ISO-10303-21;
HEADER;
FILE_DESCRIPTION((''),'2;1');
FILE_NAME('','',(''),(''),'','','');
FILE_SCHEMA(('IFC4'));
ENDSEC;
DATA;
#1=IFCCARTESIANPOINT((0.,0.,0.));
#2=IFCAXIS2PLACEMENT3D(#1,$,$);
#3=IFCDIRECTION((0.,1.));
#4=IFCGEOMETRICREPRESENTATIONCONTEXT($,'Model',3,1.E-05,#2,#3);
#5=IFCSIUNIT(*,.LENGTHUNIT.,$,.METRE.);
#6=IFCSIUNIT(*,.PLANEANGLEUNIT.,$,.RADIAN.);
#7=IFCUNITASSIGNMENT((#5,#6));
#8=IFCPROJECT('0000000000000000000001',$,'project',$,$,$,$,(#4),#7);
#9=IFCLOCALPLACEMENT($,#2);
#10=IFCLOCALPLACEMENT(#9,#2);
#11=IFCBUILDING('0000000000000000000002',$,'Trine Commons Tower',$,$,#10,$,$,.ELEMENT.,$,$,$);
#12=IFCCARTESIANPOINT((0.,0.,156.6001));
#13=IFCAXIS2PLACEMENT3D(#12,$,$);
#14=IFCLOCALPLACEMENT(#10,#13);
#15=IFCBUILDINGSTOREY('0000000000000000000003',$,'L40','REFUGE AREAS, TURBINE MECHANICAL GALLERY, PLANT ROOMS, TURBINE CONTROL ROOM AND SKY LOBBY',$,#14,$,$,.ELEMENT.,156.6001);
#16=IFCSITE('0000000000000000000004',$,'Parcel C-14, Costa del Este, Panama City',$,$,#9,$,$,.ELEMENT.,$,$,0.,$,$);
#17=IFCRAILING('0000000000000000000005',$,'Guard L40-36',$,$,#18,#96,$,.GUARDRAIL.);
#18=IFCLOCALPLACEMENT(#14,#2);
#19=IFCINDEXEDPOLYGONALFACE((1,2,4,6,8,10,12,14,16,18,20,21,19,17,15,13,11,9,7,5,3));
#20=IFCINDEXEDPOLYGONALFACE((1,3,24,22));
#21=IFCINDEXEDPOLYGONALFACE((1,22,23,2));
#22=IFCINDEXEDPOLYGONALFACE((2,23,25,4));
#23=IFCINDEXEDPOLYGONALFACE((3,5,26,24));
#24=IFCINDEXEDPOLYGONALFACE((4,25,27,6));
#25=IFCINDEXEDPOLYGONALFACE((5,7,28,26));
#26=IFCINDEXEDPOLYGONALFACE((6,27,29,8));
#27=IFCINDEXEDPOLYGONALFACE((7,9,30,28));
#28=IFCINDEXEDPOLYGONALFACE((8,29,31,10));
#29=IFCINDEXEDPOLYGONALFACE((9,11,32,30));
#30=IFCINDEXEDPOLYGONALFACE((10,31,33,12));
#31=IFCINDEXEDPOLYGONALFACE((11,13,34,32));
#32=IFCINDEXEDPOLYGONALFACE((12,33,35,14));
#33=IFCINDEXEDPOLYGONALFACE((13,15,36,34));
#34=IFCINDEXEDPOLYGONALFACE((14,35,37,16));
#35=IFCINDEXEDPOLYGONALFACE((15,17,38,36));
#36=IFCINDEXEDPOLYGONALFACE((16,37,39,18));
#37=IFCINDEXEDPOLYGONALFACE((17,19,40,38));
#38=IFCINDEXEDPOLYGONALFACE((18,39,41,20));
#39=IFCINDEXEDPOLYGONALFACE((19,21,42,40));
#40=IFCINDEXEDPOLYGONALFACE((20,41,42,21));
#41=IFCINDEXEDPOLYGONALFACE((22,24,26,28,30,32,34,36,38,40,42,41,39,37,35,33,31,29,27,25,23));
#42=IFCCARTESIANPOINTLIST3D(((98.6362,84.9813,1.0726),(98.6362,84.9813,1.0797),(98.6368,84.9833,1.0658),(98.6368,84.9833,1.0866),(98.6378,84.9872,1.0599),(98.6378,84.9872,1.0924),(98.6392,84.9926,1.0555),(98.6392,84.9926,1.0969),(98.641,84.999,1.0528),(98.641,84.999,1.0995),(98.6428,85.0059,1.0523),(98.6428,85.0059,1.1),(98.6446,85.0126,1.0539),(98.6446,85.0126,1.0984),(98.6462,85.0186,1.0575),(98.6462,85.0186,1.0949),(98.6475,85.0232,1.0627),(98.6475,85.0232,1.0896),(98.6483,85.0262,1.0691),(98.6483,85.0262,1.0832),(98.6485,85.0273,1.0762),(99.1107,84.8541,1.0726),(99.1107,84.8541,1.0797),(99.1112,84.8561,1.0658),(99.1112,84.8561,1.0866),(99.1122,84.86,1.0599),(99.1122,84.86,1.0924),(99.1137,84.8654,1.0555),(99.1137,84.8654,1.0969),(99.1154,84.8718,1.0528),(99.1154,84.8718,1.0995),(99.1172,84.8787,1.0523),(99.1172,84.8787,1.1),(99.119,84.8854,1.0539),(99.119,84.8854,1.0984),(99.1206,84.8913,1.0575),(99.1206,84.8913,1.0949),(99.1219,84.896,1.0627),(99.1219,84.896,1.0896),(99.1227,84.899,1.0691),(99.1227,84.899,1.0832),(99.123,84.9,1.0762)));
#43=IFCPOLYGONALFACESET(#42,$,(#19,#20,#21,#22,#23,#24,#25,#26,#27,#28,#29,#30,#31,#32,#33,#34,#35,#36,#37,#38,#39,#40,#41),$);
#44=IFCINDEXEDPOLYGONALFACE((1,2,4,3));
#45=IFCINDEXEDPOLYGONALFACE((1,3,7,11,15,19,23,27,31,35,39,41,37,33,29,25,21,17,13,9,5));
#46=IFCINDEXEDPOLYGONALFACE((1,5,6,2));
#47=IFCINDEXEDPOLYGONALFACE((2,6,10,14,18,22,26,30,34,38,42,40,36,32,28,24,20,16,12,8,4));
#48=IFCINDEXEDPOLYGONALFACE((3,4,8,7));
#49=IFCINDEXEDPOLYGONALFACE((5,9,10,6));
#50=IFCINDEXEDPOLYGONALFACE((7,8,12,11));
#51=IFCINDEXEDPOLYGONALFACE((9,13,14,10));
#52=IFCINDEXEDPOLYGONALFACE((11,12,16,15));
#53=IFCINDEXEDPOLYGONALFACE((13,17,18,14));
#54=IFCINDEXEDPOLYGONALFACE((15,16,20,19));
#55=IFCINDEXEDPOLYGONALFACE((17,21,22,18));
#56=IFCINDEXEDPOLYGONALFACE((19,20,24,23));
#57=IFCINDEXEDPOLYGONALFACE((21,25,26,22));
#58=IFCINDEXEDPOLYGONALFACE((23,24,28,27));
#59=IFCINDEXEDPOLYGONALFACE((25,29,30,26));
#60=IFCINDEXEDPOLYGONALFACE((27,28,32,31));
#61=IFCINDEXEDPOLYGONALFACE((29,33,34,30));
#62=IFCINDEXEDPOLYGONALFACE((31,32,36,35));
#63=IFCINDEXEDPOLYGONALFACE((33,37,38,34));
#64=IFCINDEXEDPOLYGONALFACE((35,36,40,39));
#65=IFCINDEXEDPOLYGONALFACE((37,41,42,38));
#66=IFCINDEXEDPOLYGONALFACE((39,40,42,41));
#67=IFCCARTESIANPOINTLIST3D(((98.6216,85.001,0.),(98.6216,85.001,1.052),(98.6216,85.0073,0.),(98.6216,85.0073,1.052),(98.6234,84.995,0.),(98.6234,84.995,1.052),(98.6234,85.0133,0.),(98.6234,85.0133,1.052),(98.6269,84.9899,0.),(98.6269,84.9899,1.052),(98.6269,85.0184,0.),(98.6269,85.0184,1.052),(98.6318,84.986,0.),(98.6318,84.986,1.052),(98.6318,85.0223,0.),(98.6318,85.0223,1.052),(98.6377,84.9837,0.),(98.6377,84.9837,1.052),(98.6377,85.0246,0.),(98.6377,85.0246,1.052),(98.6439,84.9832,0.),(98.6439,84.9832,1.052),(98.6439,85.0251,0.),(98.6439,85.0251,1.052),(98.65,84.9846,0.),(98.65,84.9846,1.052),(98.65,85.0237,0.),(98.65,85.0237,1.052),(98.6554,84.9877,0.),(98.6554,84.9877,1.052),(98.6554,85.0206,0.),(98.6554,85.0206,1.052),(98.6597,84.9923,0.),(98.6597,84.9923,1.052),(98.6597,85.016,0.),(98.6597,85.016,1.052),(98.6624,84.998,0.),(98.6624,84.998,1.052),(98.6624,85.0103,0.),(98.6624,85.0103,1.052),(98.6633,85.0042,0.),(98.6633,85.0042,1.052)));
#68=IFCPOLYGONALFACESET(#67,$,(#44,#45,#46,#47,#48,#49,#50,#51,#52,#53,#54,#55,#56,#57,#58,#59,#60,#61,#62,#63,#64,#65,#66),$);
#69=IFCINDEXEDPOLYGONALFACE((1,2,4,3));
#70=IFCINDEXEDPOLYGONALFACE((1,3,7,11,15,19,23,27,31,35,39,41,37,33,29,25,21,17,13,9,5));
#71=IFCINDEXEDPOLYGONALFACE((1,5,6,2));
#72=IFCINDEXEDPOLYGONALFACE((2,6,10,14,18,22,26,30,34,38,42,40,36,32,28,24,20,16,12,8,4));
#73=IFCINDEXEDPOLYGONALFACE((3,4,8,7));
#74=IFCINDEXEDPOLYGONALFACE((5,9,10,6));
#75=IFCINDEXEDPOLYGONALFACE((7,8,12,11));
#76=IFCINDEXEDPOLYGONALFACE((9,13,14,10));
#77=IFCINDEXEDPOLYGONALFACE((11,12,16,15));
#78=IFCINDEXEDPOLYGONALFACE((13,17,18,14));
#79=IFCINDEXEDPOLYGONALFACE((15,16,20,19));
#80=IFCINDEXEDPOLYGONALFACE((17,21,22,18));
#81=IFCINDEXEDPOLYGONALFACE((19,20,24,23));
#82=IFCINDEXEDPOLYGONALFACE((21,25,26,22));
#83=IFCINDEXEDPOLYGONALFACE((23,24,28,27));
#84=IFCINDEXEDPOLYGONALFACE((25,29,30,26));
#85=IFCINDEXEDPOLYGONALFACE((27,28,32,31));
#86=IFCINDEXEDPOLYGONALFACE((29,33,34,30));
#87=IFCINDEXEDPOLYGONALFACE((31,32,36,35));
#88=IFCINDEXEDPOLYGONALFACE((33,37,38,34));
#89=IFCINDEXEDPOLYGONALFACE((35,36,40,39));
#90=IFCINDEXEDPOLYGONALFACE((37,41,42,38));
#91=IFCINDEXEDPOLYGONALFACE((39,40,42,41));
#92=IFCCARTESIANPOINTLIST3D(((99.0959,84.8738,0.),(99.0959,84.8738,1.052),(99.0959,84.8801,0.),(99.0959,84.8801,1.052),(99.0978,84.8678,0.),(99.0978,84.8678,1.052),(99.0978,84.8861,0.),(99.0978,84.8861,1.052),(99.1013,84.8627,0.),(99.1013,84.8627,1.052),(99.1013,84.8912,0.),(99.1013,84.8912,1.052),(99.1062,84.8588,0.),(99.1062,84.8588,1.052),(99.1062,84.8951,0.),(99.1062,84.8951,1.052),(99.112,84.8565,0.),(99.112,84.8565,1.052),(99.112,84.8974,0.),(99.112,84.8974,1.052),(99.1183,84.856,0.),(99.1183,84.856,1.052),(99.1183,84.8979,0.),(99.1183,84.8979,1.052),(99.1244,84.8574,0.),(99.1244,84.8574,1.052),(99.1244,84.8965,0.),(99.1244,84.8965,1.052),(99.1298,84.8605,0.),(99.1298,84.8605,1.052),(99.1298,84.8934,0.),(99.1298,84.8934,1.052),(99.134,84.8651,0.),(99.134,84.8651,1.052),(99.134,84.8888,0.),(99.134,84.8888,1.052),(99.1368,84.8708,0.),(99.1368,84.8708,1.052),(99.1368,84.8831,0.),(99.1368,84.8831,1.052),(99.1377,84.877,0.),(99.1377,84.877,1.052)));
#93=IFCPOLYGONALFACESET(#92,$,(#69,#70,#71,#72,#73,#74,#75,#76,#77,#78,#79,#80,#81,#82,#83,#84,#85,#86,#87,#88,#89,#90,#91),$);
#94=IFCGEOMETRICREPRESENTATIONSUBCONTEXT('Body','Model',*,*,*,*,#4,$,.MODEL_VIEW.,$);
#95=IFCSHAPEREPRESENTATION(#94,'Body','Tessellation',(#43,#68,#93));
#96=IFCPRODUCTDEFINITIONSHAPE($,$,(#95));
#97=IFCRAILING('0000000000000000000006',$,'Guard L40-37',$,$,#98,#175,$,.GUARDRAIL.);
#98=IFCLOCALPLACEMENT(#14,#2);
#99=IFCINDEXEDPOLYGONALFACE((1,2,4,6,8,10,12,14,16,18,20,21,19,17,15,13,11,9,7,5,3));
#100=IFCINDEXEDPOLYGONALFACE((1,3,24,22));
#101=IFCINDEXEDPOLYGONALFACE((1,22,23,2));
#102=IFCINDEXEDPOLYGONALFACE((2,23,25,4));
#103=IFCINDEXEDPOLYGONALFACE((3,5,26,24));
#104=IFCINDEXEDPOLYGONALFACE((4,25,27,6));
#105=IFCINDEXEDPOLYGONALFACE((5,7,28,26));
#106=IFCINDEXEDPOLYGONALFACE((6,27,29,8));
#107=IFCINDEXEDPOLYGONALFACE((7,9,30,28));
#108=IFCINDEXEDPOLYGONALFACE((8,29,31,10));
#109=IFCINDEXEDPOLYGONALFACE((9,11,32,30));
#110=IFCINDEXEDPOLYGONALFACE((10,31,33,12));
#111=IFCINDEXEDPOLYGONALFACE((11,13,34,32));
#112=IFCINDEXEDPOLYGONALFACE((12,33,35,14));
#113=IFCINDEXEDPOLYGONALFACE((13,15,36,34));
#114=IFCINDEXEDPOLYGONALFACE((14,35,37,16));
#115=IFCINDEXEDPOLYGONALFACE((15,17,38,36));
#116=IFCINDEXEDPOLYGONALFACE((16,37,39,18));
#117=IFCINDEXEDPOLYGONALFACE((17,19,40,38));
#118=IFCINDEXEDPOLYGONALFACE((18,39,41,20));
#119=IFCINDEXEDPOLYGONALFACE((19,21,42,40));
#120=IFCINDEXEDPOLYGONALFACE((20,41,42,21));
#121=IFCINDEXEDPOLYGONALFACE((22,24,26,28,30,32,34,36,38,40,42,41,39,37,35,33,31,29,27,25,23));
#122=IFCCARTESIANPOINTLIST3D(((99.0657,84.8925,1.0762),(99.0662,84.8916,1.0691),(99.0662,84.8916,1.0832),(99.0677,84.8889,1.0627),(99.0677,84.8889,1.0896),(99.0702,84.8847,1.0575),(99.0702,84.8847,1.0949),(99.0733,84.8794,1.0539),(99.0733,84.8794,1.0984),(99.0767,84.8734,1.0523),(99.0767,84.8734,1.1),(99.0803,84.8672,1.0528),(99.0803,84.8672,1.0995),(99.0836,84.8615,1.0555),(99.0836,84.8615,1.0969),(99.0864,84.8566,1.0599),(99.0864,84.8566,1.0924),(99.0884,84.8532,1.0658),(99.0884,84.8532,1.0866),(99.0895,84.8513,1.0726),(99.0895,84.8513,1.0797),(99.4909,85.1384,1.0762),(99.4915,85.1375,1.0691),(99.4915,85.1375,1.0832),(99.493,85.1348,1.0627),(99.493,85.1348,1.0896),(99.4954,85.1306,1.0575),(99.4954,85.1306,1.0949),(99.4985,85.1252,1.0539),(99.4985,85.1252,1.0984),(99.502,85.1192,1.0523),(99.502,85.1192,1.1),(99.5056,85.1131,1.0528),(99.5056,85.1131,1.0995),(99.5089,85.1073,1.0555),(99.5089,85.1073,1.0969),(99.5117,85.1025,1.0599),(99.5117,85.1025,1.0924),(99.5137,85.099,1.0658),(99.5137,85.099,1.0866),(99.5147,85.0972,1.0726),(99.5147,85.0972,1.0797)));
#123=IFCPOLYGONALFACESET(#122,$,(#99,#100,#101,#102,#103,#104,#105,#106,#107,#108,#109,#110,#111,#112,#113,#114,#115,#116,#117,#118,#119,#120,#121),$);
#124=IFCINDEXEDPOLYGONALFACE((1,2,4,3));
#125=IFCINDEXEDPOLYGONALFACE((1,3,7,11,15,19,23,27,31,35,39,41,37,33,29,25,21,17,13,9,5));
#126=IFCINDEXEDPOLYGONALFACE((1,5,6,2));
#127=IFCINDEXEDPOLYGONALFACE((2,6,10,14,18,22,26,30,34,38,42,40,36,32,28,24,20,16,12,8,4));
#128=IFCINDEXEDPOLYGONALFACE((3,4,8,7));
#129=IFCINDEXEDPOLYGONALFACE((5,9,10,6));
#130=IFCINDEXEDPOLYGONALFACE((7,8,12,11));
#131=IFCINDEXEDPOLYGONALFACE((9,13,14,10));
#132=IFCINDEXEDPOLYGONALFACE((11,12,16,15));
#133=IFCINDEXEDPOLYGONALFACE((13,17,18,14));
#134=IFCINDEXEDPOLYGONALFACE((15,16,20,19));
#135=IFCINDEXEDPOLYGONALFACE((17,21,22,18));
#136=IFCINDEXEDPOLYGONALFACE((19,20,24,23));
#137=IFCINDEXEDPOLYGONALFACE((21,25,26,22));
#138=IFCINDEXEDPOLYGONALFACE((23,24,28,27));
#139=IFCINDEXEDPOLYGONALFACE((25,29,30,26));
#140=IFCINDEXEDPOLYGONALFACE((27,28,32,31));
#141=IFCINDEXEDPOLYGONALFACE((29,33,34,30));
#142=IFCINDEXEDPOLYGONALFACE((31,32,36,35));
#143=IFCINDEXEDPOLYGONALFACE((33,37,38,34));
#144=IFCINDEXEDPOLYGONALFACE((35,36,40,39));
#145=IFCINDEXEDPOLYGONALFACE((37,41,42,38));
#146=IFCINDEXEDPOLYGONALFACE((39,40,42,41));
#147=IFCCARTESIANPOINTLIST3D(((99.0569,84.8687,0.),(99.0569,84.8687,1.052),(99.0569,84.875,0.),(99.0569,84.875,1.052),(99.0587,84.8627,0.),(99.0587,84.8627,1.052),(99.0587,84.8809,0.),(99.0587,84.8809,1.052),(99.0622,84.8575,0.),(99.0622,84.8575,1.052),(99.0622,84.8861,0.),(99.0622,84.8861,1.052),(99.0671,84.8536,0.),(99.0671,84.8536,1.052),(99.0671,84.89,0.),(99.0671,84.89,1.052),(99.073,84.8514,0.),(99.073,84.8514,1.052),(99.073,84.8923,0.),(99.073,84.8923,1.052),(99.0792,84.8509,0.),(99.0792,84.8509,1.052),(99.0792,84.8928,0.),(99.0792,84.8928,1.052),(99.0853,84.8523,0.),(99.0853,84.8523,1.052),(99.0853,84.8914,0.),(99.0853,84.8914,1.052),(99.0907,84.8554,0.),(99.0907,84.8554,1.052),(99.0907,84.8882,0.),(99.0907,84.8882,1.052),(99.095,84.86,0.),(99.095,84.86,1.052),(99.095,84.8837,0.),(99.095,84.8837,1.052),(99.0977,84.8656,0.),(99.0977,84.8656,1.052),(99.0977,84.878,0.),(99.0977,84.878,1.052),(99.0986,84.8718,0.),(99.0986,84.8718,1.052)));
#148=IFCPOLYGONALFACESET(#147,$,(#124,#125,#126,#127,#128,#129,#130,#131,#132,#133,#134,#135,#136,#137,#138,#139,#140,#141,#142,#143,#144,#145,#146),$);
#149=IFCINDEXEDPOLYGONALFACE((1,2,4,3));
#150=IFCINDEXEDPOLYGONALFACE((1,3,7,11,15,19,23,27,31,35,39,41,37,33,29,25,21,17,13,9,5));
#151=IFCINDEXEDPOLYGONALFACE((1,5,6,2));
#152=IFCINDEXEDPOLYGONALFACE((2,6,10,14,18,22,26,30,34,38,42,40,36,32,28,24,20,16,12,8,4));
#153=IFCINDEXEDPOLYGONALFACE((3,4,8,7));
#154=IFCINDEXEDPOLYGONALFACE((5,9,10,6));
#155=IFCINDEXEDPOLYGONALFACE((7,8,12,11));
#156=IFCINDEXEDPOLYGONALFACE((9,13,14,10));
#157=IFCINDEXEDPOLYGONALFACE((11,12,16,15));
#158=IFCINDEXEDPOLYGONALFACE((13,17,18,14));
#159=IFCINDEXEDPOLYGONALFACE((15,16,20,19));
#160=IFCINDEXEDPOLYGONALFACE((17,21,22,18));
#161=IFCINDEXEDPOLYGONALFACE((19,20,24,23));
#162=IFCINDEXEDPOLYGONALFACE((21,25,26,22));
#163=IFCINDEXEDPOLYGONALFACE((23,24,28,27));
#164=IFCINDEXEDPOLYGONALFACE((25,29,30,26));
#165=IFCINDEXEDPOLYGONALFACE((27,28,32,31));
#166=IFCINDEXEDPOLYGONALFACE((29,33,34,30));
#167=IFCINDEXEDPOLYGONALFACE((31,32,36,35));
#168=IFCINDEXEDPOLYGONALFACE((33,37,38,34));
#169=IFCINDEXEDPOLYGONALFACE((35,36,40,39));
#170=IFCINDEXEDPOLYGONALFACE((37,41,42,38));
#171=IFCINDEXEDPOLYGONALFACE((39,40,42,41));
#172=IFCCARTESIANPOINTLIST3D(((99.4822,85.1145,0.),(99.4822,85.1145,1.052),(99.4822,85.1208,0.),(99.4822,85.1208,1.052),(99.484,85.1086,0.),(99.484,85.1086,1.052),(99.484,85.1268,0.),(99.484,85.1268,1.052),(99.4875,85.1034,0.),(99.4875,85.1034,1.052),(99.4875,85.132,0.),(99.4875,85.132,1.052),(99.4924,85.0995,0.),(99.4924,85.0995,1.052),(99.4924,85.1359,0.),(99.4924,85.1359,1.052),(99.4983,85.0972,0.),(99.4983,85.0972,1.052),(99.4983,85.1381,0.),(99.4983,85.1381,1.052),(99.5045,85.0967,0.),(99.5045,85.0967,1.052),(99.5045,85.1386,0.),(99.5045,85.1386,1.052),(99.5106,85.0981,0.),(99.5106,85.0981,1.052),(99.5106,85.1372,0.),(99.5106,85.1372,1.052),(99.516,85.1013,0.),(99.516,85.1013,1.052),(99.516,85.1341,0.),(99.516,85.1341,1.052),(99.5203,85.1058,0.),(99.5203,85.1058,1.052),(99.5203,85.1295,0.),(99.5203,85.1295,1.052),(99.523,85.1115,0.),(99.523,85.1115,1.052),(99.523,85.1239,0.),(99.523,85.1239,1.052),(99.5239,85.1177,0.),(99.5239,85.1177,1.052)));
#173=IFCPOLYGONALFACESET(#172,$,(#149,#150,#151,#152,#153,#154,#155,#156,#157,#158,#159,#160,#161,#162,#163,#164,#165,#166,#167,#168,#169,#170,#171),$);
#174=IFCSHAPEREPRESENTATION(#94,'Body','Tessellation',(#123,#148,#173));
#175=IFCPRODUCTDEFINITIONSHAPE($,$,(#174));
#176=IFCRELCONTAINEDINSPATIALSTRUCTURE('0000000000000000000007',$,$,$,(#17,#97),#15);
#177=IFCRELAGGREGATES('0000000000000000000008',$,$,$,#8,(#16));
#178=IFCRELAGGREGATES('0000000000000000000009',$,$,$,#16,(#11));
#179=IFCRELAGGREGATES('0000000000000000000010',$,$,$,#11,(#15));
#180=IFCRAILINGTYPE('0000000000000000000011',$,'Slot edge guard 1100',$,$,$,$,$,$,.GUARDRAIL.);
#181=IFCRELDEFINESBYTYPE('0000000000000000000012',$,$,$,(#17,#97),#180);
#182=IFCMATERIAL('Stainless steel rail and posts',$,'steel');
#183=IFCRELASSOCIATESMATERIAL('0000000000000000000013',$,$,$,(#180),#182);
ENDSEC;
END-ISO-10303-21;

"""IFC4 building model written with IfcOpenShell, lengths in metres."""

from ifc_helpers import new_model, si_unit, direction, frame, origin, origin_2d, place, context, subcontext, project, spatial, circle, extrude, material, type_object, element, save


model = new_model("IFC4")

# Units and contexts
model_context = context("Model", 3, precision=1e-05, world=origin(), true_north=direction((0.0, 1.0)))
body_context = subcontext(model_context, "Body", "Model", "MODEL_VIEW")
ifc_project = project(units=[si_unit("LENGTHUNIT", "METRE"), si_unit("PLANEANGLEUNIT", "RADIAN")], contexts=[model_context])

# Site, building, storey
site_placement = place(None, origin())
site = spatial("IfcSite", under=ifc_project, at=site_placement, Name="Parcel C-14, Costa del Este, Panama City", CompositionType="ELEMENT", RefElevation=0.0)
building_placement = place(site_placement, origin())
building = spatial("IfcBuilding", under=site, at=building_placement, Name="Trine Commons Tower", CompositionType="ELEMENT")
storey_placement = place(building_placement, frame((0.0, 0.0, 156.6001)))
storey = spatial("IfcBuildingStorey", under=building, at=storey_placement, Name="L40", Description="REFUGE AREAS, TURBINE MECHANICAL GALLERY, PLANT ROOMS, TURBINE CONTROL ROOM AND SKY LOBBY", CompositionType="ELEMENT", Elevation=156.6001)

# Railings
ifc_material_1 = material(Name="Stainless steel rail and posts", Category="steel")
railing_type = type_object("IfcRailingType", Name="Slot edge guard 1100", PredefinedType="GUARDRAIL", material=ifc_material_1)
railing_1_placement = place(storey_placement, frame((98.6423, 85.0042, 0.0)))
element("IfcRailing", 1, at=railing_1_placement, inside=storey, type_object=railing_type, Name="Guard L40-36", PredefinedType="GUARDRAIL", context=body_context, shape_type="SweptSolid", body=[
    extrude(circle(Radius=0.0239, at=origin_2d()), frame((0.0, 0.0, 1.0762), z_axis=(0.965879, -0.258993, 0.0), x_axis=(0.258993, 0.965879, 0.0)), (0.0, 0.0, 1.0), 0.4912),
    extrude(circle(Radius=0.021, at=origin_2d()), origin(), (0.0, 0.0, 1.0), 1.052),
    extrude(circle(Radius=0.021, at=origin_2d()), frame((0.4744, -0.1272, 0.0)), (0.0, 0.0, 1.0), 1.052),
])
railing_2_placement = place(storey_placement, frame((99.0776, 84.8718, 0.0)))
element("IfcRailing", 2, at=railing_2_placement, inside=storey, type_object=railing_type, Name="Guard L40-37", PredefinedType="GUARDRAIL", context=body_context, shape_type="SweptSolid", body=[
    extrude(circle(Radius=0.0239, at=origin_2d()), frame((0.0, 0.0, 1.0762), z_axis=(0.865755, 0.500468, 0.0), x_axis=(-0.500468, 0.865755, 0.0)), (0.0, 0.0, 1.0), 0.4912),
    extrude(circle(Radius=0.021, at=origin_2d()), origin(), (0.0, 0.0, 1.0), 1.052),
    extrude(circle(Radius=0.021, at=origin_2d()), frame((0.4253, 0.2458, 0.0)), (0.0, 0.0, 1.0), 1.052),
])

save(model, "model.ifc")
